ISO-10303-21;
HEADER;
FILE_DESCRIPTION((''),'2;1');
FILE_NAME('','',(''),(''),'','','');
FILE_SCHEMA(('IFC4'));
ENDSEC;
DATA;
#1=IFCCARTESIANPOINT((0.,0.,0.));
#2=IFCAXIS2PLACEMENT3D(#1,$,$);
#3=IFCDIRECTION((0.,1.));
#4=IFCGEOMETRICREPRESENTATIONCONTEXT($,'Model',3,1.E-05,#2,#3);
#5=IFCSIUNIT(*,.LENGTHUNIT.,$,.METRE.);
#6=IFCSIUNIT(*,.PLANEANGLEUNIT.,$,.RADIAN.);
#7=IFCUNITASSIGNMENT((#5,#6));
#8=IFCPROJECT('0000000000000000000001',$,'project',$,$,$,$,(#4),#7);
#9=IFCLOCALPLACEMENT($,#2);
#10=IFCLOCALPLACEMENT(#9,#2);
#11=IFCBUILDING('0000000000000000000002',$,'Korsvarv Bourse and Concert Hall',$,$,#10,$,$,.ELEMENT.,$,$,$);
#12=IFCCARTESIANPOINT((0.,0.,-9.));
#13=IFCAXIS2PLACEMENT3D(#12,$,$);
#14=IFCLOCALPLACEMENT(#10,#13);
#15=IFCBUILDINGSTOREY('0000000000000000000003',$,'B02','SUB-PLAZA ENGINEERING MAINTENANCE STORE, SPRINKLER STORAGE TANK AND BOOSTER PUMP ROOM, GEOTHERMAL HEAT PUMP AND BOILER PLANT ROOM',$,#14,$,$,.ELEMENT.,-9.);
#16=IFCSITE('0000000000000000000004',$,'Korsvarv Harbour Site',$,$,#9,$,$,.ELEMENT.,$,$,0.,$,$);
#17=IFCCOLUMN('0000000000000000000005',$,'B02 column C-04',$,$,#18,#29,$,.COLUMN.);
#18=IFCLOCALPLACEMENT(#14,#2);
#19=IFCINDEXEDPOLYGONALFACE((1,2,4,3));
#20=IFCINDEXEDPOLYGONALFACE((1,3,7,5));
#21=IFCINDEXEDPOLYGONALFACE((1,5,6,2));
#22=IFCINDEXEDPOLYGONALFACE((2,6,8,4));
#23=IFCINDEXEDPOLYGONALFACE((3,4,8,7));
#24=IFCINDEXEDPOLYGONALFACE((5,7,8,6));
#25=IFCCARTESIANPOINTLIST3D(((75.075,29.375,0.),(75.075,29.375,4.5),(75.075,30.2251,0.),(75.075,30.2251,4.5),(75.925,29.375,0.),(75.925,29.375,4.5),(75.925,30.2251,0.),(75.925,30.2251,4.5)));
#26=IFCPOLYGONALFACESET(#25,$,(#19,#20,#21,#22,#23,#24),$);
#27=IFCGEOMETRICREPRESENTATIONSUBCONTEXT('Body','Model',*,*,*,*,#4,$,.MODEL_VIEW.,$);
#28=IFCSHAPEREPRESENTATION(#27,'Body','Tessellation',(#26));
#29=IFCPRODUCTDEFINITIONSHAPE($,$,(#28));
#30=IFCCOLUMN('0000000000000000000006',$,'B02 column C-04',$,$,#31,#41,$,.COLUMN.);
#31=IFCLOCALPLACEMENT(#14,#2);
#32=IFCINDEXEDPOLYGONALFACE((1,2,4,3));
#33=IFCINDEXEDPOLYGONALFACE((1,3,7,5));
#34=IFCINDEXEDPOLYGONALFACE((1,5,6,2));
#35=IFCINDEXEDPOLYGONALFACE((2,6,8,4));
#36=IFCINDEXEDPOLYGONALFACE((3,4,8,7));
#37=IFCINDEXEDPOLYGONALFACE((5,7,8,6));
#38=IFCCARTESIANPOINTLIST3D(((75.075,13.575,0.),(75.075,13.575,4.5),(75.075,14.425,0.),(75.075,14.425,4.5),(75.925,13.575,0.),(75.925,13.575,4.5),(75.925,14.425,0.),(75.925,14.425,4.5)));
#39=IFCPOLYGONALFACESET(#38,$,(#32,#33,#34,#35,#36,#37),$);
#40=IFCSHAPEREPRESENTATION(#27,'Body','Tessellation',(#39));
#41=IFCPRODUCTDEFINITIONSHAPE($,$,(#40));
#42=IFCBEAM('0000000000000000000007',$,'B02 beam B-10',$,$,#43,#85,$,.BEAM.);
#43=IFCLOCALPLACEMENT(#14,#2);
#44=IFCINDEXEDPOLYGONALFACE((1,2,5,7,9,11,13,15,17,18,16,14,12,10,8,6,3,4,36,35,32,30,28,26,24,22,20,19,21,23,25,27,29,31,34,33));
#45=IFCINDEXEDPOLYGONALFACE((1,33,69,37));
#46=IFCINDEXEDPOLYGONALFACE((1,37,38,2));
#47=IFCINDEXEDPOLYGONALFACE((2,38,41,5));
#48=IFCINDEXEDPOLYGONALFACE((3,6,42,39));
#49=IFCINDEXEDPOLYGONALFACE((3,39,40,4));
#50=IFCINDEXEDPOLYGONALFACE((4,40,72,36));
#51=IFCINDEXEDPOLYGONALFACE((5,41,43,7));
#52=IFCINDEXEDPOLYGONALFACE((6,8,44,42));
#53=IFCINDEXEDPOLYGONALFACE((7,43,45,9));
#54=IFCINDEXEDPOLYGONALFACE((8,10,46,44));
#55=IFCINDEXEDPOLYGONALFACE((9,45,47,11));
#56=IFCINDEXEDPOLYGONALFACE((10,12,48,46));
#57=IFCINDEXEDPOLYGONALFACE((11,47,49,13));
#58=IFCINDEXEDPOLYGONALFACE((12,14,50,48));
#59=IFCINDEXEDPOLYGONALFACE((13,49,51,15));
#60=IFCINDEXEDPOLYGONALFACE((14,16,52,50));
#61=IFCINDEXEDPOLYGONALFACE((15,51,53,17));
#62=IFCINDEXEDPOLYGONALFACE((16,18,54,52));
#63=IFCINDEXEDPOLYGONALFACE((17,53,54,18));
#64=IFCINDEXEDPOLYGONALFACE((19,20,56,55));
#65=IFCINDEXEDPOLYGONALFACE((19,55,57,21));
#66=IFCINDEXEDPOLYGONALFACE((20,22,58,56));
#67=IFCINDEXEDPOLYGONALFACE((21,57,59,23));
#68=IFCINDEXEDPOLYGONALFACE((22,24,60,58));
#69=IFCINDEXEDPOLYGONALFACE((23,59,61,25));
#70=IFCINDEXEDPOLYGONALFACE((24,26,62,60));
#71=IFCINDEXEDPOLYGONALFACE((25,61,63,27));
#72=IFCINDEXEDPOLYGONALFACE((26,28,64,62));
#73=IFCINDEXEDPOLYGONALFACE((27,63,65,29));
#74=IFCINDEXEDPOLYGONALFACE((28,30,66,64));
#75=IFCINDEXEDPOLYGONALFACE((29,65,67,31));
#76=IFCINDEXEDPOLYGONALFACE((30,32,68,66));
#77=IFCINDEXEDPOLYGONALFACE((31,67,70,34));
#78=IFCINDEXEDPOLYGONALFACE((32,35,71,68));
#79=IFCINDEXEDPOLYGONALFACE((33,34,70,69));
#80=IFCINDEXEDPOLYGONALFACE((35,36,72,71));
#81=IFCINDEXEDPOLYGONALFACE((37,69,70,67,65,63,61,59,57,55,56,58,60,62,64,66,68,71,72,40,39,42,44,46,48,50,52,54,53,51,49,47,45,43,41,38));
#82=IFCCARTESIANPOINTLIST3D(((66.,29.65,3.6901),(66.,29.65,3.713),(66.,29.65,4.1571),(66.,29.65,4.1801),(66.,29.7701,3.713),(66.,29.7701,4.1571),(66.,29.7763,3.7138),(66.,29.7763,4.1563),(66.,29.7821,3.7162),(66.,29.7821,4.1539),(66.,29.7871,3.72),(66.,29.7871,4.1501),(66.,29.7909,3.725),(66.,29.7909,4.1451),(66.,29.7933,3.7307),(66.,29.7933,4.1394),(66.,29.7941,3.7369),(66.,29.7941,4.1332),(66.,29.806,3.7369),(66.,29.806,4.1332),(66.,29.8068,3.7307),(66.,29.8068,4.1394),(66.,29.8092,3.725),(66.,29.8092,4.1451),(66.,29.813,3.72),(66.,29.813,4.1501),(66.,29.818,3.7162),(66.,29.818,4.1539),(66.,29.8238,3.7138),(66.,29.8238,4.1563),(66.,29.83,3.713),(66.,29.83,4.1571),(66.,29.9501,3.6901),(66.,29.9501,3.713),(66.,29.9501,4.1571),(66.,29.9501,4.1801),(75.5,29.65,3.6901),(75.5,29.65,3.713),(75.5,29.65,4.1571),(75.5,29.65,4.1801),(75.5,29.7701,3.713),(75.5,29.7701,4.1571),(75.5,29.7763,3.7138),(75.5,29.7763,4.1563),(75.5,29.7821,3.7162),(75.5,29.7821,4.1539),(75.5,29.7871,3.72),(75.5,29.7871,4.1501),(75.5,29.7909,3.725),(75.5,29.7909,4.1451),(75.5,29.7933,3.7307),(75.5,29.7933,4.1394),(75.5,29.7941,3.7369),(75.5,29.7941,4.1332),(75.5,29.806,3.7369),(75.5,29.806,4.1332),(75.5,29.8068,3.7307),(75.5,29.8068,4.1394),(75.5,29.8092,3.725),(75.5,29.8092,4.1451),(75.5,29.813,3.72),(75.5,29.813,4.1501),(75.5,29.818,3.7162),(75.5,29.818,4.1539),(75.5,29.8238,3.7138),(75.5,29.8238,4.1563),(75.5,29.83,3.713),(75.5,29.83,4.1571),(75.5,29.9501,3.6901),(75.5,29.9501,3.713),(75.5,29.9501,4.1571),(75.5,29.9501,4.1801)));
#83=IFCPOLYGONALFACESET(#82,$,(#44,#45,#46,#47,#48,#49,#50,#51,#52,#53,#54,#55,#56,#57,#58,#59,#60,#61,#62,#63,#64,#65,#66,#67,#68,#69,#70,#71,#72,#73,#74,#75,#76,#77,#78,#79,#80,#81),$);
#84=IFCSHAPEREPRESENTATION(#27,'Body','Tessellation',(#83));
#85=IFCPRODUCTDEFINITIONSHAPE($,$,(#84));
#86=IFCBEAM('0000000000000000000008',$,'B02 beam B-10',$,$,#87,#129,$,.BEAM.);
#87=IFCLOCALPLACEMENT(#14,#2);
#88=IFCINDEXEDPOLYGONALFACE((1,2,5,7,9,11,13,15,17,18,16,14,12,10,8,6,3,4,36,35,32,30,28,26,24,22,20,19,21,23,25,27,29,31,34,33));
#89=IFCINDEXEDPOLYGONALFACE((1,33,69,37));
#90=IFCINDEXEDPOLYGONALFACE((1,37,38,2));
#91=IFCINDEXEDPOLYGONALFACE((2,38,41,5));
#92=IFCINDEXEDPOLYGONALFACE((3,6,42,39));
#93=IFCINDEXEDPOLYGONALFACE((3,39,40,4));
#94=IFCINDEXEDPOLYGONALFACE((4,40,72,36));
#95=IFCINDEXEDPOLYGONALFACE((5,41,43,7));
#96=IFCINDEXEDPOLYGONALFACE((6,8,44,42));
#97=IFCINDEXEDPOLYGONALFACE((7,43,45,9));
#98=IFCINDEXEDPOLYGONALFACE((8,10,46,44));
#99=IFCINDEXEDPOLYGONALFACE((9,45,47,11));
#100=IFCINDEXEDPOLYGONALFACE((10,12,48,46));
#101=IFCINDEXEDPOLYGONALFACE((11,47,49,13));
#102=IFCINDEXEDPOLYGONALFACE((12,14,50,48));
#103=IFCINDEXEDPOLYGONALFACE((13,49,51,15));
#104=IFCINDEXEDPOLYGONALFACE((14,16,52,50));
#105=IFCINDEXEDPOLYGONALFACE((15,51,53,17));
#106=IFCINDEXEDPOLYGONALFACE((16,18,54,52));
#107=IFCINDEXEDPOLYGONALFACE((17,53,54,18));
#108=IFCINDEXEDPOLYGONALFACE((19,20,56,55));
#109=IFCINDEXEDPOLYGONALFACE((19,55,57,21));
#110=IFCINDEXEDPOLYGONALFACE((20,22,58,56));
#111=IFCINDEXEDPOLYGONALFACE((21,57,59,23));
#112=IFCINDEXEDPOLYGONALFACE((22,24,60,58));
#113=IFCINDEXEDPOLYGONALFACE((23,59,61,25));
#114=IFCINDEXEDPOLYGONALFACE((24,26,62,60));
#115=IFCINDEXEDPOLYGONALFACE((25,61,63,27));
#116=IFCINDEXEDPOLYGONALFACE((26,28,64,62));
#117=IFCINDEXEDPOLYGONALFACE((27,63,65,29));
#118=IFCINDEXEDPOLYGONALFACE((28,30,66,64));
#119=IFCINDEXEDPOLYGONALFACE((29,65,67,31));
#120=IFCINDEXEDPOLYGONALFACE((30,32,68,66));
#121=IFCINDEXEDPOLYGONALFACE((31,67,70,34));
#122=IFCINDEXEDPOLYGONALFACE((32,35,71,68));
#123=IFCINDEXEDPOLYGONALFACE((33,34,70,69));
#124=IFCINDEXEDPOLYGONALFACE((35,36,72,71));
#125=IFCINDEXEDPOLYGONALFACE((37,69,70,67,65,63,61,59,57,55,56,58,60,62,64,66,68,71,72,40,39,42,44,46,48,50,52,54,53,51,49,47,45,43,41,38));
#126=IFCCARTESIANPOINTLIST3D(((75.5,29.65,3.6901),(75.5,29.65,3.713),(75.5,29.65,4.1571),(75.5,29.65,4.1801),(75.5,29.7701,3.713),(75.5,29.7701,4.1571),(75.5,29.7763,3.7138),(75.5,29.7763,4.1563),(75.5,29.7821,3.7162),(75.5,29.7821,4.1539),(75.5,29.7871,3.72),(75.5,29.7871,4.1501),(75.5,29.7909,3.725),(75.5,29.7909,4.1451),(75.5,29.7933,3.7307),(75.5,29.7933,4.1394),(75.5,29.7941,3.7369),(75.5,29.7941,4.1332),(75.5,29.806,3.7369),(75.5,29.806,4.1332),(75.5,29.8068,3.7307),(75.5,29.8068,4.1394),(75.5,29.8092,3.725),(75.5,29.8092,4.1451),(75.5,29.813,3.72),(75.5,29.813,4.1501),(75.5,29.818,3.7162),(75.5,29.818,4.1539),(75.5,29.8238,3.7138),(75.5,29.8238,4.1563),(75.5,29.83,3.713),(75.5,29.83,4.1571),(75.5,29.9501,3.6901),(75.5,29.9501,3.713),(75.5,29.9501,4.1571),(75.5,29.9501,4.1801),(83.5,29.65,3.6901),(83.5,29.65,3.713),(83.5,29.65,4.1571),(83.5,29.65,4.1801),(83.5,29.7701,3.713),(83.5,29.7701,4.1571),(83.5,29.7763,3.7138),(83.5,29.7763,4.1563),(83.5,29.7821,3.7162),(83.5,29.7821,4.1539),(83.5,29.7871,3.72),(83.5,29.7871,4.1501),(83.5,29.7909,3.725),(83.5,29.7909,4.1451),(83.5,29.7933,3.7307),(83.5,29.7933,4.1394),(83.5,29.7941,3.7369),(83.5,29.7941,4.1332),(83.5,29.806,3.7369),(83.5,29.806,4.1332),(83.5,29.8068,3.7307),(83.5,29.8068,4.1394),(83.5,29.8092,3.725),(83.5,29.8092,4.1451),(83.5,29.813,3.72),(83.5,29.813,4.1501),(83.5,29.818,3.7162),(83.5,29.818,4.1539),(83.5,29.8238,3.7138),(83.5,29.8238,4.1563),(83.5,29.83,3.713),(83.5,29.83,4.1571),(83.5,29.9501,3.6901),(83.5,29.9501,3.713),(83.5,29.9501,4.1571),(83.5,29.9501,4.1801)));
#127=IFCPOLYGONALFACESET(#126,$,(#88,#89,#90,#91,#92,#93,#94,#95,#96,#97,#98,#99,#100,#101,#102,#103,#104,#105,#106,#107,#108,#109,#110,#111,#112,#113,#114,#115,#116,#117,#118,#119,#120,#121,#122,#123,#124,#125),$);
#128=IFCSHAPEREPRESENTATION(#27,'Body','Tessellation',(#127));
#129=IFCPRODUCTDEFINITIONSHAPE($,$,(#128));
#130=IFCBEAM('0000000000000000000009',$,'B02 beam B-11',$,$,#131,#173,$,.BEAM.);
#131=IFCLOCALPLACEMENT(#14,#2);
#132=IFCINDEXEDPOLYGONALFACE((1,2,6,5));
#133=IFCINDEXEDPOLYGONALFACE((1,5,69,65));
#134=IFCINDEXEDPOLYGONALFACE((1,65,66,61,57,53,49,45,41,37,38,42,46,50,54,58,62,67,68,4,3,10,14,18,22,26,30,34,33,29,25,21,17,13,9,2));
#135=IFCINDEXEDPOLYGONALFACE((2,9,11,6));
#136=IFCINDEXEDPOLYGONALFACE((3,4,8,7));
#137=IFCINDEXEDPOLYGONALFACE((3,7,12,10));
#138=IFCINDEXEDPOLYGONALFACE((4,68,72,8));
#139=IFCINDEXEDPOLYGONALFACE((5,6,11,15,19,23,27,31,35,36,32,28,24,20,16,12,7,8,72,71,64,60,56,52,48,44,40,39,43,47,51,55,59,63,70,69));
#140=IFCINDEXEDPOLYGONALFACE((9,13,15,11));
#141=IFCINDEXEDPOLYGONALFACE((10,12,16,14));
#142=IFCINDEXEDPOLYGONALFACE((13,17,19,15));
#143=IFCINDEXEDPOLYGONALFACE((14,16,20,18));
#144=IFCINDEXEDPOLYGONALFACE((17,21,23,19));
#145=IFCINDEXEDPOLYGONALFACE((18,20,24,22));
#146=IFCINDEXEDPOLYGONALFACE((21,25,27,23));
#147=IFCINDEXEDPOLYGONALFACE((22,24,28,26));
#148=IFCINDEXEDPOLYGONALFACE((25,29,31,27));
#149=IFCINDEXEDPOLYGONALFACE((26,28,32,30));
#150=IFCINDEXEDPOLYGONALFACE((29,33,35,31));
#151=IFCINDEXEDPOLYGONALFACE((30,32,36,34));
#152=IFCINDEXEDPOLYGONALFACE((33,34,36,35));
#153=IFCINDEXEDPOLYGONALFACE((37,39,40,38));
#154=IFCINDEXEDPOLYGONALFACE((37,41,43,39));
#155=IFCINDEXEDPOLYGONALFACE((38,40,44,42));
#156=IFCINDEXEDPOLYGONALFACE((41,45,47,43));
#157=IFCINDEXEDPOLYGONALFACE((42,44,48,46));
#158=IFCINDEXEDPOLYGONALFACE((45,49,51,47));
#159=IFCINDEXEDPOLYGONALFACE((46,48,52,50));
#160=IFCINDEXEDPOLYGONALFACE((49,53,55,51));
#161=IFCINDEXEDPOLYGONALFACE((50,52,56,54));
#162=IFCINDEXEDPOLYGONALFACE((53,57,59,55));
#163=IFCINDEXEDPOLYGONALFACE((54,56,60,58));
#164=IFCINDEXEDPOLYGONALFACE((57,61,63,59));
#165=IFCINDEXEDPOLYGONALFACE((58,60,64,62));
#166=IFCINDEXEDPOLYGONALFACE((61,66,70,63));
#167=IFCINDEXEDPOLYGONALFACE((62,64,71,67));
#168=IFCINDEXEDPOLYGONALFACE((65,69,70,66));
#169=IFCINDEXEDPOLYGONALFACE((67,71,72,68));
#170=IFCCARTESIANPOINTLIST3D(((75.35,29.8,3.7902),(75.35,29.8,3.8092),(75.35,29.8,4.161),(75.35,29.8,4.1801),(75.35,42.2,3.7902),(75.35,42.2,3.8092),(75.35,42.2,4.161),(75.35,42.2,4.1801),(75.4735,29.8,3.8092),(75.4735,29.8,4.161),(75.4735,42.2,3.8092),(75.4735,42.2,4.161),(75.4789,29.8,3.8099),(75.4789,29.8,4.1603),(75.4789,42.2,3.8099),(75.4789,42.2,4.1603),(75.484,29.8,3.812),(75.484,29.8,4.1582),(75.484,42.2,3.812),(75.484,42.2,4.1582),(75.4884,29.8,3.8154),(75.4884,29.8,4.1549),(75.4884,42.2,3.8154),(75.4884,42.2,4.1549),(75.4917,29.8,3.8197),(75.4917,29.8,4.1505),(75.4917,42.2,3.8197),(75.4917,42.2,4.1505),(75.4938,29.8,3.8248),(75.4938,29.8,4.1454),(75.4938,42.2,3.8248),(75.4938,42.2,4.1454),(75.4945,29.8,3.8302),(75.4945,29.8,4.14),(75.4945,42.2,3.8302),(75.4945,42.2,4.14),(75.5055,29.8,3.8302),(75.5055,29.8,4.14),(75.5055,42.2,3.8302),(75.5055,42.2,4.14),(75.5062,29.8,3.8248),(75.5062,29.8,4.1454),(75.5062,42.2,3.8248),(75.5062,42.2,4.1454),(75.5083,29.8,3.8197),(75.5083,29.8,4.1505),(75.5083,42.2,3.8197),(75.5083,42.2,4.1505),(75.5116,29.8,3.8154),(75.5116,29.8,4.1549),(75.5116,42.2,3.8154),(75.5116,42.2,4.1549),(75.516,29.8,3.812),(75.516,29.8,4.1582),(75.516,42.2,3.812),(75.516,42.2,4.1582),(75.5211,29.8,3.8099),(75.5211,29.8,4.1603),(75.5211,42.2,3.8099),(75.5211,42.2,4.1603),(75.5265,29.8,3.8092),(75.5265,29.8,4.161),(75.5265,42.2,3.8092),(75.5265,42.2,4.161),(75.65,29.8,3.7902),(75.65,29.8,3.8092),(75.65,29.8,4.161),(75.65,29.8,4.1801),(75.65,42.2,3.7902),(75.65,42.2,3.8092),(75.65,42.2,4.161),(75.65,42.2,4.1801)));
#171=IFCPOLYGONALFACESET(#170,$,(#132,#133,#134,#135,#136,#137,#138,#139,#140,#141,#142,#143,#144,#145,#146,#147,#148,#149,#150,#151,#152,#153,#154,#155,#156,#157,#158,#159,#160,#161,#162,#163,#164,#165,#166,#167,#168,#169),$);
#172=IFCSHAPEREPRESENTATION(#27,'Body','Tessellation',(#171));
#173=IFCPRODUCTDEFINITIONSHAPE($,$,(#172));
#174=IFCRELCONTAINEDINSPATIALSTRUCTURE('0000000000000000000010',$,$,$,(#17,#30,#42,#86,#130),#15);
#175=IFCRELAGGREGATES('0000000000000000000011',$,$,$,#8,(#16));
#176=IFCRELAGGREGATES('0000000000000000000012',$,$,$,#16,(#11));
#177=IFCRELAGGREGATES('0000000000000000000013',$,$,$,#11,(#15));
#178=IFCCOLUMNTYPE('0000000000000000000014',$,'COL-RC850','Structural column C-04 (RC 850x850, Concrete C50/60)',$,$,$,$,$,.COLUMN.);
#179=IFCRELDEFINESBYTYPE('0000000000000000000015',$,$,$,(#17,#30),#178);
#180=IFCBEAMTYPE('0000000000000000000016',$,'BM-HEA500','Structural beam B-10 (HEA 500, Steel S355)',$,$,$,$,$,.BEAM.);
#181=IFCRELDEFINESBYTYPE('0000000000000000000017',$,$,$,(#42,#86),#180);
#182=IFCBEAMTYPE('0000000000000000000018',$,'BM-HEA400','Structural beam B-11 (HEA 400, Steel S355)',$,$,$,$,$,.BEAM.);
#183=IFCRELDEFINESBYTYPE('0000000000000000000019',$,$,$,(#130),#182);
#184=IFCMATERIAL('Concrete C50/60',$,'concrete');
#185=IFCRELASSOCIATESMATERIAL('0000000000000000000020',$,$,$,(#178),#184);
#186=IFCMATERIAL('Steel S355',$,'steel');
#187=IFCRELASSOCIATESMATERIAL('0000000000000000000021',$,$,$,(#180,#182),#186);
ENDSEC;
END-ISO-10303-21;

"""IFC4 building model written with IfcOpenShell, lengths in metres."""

from ifc_helpers import new_model, si_unit, direction, frame, origin, origin_2d, place, context, subcontext, project, spatial, rectangle, i_section, extrude, source, transform, mapped, material, material_profile, profile_set, type_object, element, save


model = new_model("IFC4")

# Units and contexts
model_context = context("Model", 3, precision=1e-05, world=origin(), true_north=direction((0.0, 1.0)))
body_context = subcontext(model_context, "Body", "Model", "MODEL_VIEW")
ifc_project = project(units=[si_unit("LENGTHUNIT", "METRE"), si_unit("PLANEANGLEUNIT", "RADIAN")], contexts=[model_context])

# Site, building, storey
site_placement = place(None, origin())
site = spatial("IfcSite", under=ifc_project, at=site_placement, Name="Korsvarv Harbour Site", CompositionType="ELEMENT", RefElevation=0.0)
building_placement = place(site_placement, origin())
building = spatial("IfcBuilding", under=site, at=building_placement, Name="Korsvarv Bourse and Concert Hall", CompositionType="ELEMENT")
storey_placement = place(building_placement, frame((0.0, 0.0, -9.0)))
storey = spatial("IfcBuildingStorey", under=building, at=storey_placement, Name="B02", Description="SUB-PLAZA ENGINEERING MAINTENANCE STORE, SPRINKLER STORAGE TANK AND BOOSTER PUMP ROOM, GEOTHERMAL HEAT PUMP AND BOILER PLANT ROOM", CompositionType="ELEMENT", Elevation=-9.0)

# Columns
ifc_material_1 = material(Name="Concrete C50/60", Category="concrete")
ifc_material_profile_1 = material_profile(ifc_material_1, rectangle(XDim=0.8501, YDim=0.8501, at=origin_2d()), Name="RC 850x850")
ifc_profile_set_1 = profile_set([ifc_material_profile_1], Name="Concrete C50/60")
column_type_1 = type_object("IfcColumnType", Name="COL-RC850", Description="Structural column C-04 (RC 850x850, Concrete C50/60)", PredefinedType="COLUMN", material=ifc_profile_set_1)
shared_shape_1 = source(origin(), body_context, "Body", "SweptSolid", [
    extrude(rectangle(XDim=0.8501, YDim=0.8501, at=origin_2d()), origin(), (0.0, 0.0, 1.0), 4.5),
])
for number, where, z_axis, x_axis, name in (
    (1, (75.5, 29.8, 0.0), (0.0, 0.0, 1.0), (1.0, 0.0, 0.0), "B02 column C-04"),
    (2, (75.5, 14.0, 0.0), (0.0, 0.0, 1.0), (1.0, 0.0, 0.0), "B02 column C-04"),
):
    element("IfcColumn", number, at=place(storey_placement, frame(where, z_axis=z_axis, x_axis=x_axis)), inside=storey, type_object=column_type_1, Name=name, PredefinedType="COLUMN", context=body_context, shape_type="MappedRepresentation", body=[
        mapped(shared_shape_1, transform((0.0, 0.0, 0.0), scale=1.0)),
    ])

# Beams
ifc_material_2 = material(Name="Steel S355", Category="steel")
ifc_material_profile_2 = material_profile(ifc_material_2, i_section(OverallWidth=0.3, OverallDepth=0.49, WebThickness=0.012, FlangeThickness=0.0229, FilletRadius=0.0239, at=origin_2d()), Name="HEA 500")
ifc_profile_set_2 = profile_set([ifc_material_profile_2], Name="Steel S355")
beam_type_1 = type_object("IfcBeamType", Name="BM-HEA500", Description="Structural beam B-10 (HEA 500, Steel S355)", PredefinedType="BEAM", material=ifc_profile_set_2)
shared_shape_2 = source(origin(), body_context, "Body", "SweptSolid", [
    extrude(i_section(OverallWidth=0.3, OverallDepth=0.49, WebThickness=0.012, FlangeThickness=0.0229, FilletRadius=0.0239, at=origin_2d()), origin(), (0.0, 0.0, 1.0), 9.5),
])
beam_1_placement = place(storey_placement, frame((66.0, 29.8, 3.9351), z_axis=(1.0, 0.0, 0.0), x_axis=(0.0, 1.0, 0.0)))
element("IfcBeam", 3, at=beam_1_placement, inside=storey, type_object=beam_type_1, Name="B02 beam B-10", PredefinedType="BEAM", context=body_context, shape_type="MappedRepresentation", body=[
    mapped(shared_shape_2, transform((0.0, 0.0, 0.0), scale=1.0)),
])
shared_shape_3 = source(origin(), body_context, "Body", "SweptSolid", [
    extrude(i_section(OverallWidth=0.3, OverallDepth=0.49, WebThickness=0.012, FlangeThickness=0.0229, FilletRadius=0.0239, at=origin_2d()), origin(), (0.0, 0.0, 1.0), 8.0),
])
beam_2_placement = place(storey_placement, frame((75.5, 29.8, 3.9351), z_axis=(1.0, 0.0, 0.0), x_axis=(0.0, 1.0, 0.0)))
element("IfcBeam", 4, at=beam_2_placement, inside=storey, type_object=beam_type_1, Name="B02 beam B-10", PredefinedType="BEAM", context=body_context, shape_type="MappedRepresentation", body=[
    mapped(shared_shape_3, transform((0.0, 0.0, 0.0), scale=1.0)),
])
ifc_material_profile_3 = material_profile(ifc_material_2, i_section(OverallWidth=0.3, OverallDepth=0.3899, WebThickness=0.011, FlangeThickness=0.019, FilletRadius=0.021, at=origin_2d()), Name="HEA 400")
ifc_profile_set_3 = profile_set([ifc_material_profile_3], Name="Steel S355")
beam_type_2 = type_object("IfcBeamType", Name="BM-HEA400", Description="Structural beam B-11 (HEA 400, Steel S355)", PredefinedType="BEAM", material=ifc_profile_set_3)
shared_shape_4 = source(origin(), body_context, "Body", "SweptSolid", [
    extrude(i_section(OverallWidth=0.3, OverallDepth=0.3899, WebThickness=0.011, FlangeThickness=0.019, FilletRadius=0.021, at=origin_2d()), origin(), (0.0, 0.0, 1.0), 12.3999),
])
beam_3_placement = place(storey_placement, frame((75.5, 29.8, 3.9851), z_axis=(0.0, 1.0, 0.0), x_axis=(-1.0, 0.0, 0.0)))
element("IfcBeam", 5, at=beam_3_placement, inside=storey, type_object=beam_type_2, Name="B02 beam B-11", PredefinedType="BEAM", context=body_context, shape_type="MappedRepresentation", body=[
    mapped(shared_shape_4, transform((0.0, 0.0, 0.0), scale=1.0)),
])

save(model, "model.ifc")
